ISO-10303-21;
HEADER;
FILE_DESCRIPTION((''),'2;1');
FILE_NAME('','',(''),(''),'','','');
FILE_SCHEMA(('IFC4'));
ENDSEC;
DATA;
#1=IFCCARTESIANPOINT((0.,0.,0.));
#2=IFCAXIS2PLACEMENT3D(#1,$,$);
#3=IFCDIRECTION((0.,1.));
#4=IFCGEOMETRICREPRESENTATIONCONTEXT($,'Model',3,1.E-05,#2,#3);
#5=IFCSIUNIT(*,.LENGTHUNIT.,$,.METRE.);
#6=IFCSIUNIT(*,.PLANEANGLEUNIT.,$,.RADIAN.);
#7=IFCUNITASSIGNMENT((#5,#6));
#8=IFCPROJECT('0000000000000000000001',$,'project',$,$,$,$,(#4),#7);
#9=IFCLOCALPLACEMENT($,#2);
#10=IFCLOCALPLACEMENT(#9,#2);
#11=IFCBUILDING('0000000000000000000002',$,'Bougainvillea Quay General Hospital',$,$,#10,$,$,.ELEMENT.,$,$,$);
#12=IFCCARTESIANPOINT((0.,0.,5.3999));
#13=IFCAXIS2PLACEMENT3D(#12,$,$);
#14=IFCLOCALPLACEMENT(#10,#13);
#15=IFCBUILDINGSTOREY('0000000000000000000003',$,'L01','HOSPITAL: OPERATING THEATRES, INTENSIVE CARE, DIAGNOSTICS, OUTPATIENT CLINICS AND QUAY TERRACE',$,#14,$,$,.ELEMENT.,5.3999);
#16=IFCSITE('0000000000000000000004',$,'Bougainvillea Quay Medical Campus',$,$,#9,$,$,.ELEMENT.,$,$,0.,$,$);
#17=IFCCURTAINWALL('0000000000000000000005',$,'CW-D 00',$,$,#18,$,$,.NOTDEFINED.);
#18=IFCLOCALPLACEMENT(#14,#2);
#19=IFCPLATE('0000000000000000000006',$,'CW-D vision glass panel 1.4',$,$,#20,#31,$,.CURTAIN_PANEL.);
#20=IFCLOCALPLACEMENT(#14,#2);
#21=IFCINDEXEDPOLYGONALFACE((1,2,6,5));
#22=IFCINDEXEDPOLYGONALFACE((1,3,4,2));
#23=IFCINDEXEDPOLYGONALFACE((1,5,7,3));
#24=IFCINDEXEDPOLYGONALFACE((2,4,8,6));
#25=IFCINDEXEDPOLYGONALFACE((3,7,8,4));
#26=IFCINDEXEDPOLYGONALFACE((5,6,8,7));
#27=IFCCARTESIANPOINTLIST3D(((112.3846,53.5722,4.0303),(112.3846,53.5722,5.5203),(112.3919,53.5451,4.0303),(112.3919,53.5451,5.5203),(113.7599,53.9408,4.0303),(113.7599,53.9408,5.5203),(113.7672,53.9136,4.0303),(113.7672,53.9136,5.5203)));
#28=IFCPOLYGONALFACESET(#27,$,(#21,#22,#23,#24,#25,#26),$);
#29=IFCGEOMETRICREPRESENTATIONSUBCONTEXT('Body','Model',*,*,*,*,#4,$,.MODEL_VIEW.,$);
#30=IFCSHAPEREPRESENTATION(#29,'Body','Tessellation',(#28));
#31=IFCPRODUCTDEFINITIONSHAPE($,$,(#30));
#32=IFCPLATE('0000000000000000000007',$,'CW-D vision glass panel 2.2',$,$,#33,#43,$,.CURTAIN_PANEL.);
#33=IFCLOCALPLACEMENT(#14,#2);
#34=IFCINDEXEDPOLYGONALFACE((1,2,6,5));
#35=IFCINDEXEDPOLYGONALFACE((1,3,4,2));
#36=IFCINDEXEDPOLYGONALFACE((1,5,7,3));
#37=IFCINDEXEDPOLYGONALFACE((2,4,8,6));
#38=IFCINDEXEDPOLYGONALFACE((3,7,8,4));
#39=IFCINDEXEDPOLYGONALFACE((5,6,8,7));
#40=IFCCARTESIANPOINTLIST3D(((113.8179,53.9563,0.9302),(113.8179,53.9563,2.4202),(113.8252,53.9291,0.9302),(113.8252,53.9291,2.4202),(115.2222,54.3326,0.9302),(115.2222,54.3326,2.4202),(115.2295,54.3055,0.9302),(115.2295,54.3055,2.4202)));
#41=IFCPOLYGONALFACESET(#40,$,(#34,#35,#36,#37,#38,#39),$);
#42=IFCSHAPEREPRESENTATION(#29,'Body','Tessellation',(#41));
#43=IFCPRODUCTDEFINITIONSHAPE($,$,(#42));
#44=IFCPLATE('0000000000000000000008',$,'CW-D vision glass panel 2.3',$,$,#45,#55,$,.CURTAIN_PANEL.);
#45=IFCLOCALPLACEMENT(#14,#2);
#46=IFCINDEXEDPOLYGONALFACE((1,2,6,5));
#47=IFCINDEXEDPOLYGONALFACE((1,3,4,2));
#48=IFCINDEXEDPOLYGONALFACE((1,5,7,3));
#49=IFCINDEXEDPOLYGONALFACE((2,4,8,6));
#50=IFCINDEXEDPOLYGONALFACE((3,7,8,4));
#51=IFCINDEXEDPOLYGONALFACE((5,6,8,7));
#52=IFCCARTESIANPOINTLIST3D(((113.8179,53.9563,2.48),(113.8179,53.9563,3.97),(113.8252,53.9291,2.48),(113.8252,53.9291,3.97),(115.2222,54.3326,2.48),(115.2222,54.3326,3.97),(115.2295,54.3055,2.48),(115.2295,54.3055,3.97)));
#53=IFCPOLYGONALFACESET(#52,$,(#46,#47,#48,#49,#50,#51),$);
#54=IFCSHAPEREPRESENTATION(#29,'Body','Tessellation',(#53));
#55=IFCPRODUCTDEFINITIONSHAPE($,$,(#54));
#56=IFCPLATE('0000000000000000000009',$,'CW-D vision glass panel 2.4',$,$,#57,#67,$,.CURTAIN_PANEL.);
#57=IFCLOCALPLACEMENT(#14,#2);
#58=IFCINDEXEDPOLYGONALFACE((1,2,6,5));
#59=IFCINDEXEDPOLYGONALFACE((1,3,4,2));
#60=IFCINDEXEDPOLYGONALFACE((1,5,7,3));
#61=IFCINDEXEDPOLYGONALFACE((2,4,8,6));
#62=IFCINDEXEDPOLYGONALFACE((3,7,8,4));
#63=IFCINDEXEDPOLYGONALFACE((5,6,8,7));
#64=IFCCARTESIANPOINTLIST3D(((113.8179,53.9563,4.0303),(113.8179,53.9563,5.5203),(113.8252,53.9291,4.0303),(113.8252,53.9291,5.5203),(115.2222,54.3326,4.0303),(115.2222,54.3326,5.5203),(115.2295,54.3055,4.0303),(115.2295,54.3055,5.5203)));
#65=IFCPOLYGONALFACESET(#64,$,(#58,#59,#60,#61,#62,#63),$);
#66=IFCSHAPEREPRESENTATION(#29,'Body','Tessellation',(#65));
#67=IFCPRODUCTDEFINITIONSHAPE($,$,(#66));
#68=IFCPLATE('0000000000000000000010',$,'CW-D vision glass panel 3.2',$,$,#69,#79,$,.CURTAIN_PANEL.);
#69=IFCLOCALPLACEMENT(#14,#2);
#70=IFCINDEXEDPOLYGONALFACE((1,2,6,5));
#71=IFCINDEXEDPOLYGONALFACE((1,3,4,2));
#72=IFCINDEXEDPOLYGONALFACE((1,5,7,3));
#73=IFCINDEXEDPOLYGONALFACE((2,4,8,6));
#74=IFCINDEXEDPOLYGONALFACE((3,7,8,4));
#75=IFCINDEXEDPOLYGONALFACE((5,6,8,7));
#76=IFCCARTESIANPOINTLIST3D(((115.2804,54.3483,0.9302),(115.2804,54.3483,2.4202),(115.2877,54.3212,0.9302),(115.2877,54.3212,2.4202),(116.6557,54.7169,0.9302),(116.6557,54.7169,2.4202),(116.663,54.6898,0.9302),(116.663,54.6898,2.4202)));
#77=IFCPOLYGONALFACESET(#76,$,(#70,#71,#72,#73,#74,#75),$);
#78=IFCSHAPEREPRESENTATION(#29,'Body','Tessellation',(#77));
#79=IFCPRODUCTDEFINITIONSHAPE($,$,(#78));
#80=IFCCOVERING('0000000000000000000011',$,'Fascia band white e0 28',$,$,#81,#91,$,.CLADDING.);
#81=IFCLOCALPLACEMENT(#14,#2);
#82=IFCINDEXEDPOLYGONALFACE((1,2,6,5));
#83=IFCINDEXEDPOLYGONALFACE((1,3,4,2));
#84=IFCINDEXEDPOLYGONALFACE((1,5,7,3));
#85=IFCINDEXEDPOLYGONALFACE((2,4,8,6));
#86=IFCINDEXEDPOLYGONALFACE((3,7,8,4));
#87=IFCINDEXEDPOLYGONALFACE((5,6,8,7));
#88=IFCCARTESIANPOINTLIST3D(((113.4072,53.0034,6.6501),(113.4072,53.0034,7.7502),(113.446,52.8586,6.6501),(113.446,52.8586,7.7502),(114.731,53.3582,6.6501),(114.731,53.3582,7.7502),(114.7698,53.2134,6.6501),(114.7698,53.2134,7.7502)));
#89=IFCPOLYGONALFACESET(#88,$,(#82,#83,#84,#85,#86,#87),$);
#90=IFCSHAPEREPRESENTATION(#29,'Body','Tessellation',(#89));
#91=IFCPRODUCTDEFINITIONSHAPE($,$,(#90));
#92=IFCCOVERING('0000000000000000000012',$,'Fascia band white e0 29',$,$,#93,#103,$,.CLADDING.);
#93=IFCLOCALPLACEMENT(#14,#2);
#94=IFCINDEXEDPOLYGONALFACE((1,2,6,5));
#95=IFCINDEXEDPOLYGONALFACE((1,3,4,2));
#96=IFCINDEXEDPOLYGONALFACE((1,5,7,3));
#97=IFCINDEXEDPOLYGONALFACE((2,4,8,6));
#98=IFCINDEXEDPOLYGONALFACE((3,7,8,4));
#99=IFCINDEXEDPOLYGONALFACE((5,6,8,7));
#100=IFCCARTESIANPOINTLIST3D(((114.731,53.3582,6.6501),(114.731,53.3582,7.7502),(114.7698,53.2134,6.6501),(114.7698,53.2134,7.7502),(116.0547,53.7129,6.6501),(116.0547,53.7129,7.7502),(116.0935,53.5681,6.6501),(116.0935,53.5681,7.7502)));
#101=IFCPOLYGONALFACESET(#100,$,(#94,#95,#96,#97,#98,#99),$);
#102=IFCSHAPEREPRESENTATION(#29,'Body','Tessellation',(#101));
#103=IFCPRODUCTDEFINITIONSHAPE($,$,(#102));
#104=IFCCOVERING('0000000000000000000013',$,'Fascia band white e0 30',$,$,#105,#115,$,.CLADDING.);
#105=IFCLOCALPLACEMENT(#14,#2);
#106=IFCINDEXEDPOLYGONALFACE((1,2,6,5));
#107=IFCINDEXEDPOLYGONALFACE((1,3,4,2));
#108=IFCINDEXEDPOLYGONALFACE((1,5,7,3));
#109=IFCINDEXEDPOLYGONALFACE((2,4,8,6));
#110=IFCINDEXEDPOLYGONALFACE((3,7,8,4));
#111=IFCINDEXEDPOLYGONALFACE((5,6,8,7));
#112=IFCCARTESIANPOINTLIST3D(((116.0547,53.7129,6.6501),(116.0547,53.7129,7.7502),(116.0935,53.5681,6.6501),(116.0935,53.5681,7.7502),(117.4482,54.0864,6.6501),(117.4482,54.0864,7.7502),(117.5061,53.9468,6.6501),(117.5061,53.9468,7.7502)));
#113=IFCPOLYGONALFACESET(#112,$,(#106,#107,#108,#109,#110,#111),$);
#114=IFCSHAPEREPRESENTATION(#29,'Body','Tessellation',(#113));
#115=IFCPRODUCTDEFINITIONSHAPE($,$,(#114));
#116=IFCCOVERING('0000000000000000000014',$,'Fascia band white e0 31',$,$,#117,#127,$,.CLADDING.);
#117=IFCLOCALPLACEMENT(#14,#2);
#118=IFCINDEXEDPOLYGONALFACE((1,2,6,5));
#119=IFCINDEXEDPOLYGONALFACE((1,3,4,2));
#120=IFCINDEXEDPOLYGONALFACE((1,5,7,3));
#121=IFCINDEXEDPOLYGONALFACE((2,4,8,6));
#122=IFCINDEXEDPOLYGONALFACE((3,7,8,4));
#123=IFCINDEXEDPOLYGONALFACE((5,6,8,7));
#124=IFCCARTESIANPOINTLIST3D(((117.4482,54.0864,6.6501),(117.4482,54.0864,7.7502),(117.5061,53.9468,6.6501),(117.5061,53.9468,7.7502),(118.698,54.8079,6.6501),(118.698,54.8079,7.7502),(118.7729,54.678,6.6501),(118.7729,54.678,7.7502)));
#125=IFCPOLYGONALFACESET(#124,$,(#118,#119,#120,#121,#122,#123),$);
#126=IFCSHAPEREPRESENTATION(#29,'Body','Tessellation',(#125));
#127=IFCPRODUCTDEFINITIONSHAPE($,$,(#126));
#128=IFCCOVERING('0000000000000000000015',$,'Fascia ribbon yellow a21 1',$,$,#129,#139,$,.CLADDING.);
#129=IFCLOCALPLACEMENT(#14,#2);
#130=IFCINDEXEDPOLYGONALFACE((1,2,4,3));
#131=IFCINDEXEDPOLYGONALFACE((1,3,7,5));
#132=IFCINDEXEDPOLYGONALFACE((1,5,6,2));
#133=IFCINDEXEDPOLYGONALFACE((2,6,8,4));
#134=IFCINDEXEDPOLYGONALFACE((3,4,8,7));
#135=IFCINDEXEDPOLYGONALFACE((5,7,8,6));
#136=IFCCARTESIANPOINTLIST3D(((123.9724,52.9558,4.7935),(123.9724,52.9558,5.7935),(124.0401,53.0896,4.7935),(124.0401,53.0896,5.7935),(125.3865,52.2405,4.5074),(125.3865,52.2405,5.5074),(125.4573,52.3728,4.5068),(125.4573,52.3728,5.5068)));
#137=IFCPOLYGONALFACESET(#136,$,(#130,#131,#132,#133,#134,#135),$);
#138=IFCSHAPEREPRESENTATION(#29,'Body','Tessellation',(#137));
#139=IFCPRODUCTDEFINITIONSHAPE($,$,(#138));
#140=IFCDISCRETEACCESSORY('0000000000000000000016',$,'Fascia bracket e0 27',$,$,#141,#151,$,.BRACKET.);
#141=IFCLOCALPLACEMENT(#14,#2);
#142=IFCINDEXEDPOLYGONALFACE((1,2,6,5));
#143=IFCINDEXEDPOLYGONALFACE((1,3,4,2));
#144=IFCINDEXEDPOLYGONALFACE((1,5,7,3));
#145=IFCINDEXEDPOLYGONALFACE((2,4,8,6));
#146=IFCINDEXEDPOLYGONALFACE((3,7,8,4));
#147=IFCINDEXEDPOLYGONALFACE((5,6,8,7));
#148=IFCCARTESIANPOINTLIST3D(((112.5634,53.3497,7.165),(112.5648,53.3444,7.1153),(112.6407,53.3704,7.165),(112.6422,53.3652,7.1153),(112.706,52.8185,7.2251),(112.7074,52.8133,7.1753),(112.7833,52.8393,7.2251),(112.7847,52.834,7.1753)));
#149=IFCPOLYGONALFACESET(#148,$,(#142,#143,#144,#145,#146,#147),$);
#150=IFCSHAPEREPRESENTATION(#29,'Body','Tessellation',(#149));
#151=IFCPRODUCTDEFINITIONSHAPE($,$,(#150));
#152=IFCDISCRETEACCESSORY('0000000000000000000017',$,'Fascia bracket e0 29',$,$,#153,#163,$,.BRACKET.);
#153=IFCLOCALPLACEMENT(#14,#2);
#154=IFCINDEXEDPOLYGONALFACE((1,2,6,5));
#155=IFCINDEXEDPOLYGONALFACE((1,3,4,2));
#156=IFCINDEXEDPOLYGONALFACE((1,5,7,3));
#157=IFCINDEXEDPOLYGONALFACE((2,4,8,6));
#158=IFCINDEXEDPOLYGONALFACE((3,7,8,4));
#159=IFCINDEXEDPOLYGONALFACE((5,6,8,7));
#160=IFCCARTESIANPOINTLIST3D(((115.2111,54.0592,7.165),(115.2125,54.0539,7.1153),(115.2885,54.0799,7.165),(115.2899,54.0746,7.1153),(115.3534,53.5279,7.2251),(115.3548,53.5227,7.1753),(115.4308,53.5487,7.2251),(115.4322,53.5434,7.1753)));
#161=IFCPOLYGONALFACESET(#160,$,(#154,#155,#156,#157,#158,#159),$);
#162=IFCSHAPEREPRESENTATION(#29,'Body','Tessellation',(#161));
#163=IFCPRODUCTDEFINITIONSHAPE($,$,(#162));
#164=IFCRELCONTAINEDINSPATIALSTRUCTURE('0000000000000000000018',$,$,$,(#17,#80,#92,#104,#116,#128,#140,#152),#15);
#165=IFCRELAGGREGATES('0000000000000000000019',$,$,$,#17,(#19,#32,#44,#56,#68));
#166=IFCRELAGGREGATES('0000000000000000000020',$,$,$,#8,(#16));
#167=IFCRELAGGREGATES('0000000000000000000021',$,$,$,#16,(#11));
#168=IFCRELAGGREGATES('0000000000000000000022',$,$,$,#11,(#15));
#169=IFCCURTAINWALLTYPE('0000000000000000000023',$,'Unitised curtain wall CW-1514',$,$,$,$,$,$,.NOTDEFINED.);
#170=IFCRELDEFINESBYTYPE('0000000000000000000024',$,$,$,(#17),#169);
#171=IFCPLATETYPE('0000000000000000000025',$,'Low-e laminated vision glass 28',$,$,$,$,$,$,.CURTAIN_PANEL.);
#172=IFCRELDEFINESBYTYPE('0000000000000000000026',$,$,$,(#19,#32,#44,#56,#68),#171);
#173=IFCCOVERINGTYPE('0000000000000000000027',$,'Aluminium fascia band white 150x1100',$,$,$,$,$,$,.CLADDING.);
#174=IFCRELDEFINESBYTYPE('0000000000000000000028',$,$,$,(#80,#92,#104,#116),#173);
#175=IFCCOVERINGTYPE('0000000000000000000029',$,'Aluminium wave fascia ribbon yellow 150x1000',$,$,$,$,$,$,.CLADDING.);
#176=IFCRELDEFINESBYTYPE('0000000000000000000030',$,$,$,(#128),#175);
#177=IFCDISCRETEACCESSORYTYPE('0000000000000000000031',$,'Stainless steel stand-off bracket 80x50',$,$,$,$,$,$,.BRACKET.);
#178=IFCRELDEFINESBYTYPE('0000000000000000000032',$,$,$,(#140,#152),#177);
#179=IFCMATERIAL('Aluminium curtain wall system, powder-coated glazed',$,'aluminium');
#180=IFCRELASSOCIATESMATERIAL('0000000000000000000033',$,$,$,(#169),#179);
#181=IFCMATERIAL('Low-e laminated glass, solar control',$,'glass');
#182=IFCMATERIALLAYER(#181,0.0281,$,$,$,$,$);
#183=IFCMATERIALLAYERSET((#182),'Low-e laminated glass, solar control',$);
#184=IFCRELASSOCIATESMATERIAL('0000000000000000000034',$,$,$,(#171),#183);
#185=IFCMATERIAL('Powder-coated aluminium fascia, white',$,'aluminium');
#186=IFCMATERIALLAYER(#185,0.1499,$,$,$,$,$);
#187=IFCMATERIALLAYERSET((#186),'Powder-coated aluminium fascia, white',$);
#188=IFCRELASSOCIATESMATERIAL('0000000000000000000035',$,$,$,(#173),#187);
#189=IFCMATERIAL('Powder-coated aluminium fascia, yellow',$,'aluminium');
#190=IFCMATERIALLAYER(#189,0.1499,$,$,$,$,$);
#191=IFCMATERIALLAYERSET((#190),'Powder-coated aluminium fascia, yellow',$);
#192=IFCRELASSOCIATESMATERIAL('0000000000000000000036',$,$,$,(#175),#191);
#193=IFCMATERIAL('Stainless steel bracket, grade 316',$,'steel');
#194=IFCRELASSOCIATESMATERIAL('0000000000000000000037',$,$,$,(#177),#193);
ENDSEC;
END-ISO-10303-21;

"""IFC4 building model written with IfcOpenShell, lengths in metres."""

from ifc_helpers import new_model, si_unit, direction, frame, origin, origin_2d, place, context, subcontext, project, spatial, polyline, rectangle, outline, extrude, material, layer, layer_set, material_profile, profile_set, type_object, element, aggregate, save


model = new_model("IFC4")

# Units and contexts
model_context = context("Model", 3, precision=1e-05, world=origin(), true_north=direction((0.0, 1.0)))
body_context = subcontext(model_context, "Body", "Model", "MODEL_VIEW")
ifc_project = project(units=[si_unit("LENGTHUNIT", "METRE"), si_unit("PLANEANGLEUNIT", "RADIAN")], contexts=[model_context])

# Site, building, storey
site_placement = place(None, origin())
site = spatial("IfcSite", under=ifc_project, at=site_placement, Name="Bougainvillea Quay Medical Campus", CompositionType="ELEMENT", RefElevation=0.0)
building_placement = place(site_placement, origin())
building = spatial("IfcBuilding", under=site, at=building_placement, Name="Bougainvillea Quay General Hospital", CompositionType="ELEMENT")
storey_placement = place(building_placement, frame((0.0, 0.0, 5.3999)))
storey = spatial("IfcBuildingStorey", under=building, at=storey_placement, Name="L01", Description="HOSPITAL: OPERATING THEATRES, INTENSIVE CARE, DIAGNOSTICS, OUTPATIENT CLINICS AND QUAY TERRACE", CompositionType="ELEMENT", Elevation=5.3999)

# Shared definitions
ifc_material_1 = material(Name="Aluminium curtain wall system, powder-coated glazed", Category="aluminium")

# Curtain wall, plates
curtain_wall_type_1 = type_object("IfcCurtainWallType", Name="Unitised curtain wall CW-1514", PredefinedType="NOTDEFINED", material=ifc_material_1)
curtain_wall_1_placement = place(storey_placement, origin())
curtain_wall_1 = element("IfcCurtainWall", 1, at=curtain_wall_1_placement, inside=storey, type_object=curtain_wall_type_1, Name="CW-D 00", PredefinedType="NOTDEFINED")
ifc_material_2 = material(Name="Low-e laminated glass, solar control", Category="glass")
ifc_layer_1 = layer(ifc_material_2, 0.0281)
ifc_layer_set_1 = layer_set([ifc_layer_1], Name="Low-e laminated glass, solar control")
plate_type_1 = type_object("IfcPlateType", Name="Low-e laminated vision glass 28", PredefinedType="CURTAIN_PANEL", material=ifc_layer_set_1)
plate_1_placement = place(storey_placement, frame((113.0759, 53.7429, 4.0303), z_axis=(0.0, 0.0, 1.0), x_axis=(0.965916, 0.258855, 0.0)))
plate_1 = element("IfcPlate", 2, at=plate_1_placement, type_object=plate_type_1, Name="CW-D vision glass panel 1.4", PredefinedType="CURTAIN_PANEL", context=body_context, shape_type="SweptSolid", body=[
    extrude(rectangle(XDim=1.4238, YDim=0.0281, at=origin_2d()), origin(), (0.0, 0.0, 1.0), 1.49),
])
plate_2_placement = place(storey_placement, frame((114.5237, 54.1309, 0.9302), z_axis=(0.0, 0.0, 1.0), x_axis=(0.965916, 0.258855, 0.0)))
plate_2 = element("IfcPlate", 3, at=plate_2_placement, type_object=plate_type_1, Name="CW-D vision glass panel 2.2", PredefinedType="CURTAIN_PANEL", context=body_context, shape_type="SweptSolid", body=[
    extrude(rectangle(XDim=1.4539, YDim=0.0281, at=origin_2d()), origin(), (0.0, 0.0, 1.0), 1.49),
])
plate_3_placement = place(storey_placement, frame((114.5237, 54.1309, 2.48), z_axis=(0.0, 0.0, 1.0), x_axis=(0.965916, 0.258855, 0.0)))
plate_3 = element("IfcPlate", 4, at=plate_3_placement, type_object=plate_type_1, Name="CW-D vision glass panel 2.3", PredefinedType="CURTAIN_PANEL", context=body_context, shape_type="SweptSolid", body=[
    extrude(rectangle(XDim=1.4539, YDim=0.0281, at=origin_2d()), origin(), (0.0, 0.0, 1.0), 1.49),
])
plate_4_placement = place(storey_placement, frame((114.5237, 54.1309, 4.0303), z_axis=(0.0, 0.0, 1.0), x_axis=(0.965916, 0.258855, 0.0)))
plate_4 = element("IfcPlate", 5, at=plate_4_placement, type_object=plate_type_1, Name="CW-D vision glass panel 2.4", PredefinedType="CURTAIN_PANEL", context=body_context, shape_type="SweptSolid", body=[
    extrude(rectangle(XDim=1.4539, YDim=0.0281, at=origin_2d()), origin(), (0.0, 0.0, 1.0), 1.49),
])
plate_5_placement = place(storey_placement, frame((115.9717, 54.519, 0.9302), z_axis=(0.0, 0.0, 1.0), x_axis=(0.965916, 0.258855, 0.0)))
plate_5 = element("IfcPlate", 6, at=plate_5_placement, type_object=plate_type_1, Name="CW-D vision glass panel 3.2", PredefinedType="CURTAIN_PANEL", context=body_context, shape_type="SweptSolid", body=[
    extrude(rectangle(XDim=1.4238, YDim=0.0281, at=origin_2d()), origin(), (0.0, 0.0, 1.0), 1.49),
])
aggregate(curtain_wall_1, [plate_1, plate_2, plate_3, plate_4, plate_5])

# Coverings
ifc_material_3 = material(Name="Powder-coated aluminium fascia, white", Category="aluminium")
ifc_layer_2 = layer(ifc_material_3, 0.1499)
ifc_layer_set_2 = layer_set([ifc_layer_2], Name="Powder-coated aluminium fascia, white")
covering_type_1 = type_object("IfcCoveringType", Name="Aluminium fascia band white 150x1100", PredefinedType="CLADDING", material=ifc_layer_set_2)
for number, where, z_axis, x_axis, name in (
    (7, (113.4072, 53.0034, 6.6501), (0.0, 0.0, 1.0), (0.965918, 0.258849, 0.0), "Fascia band white e0 28"),
    (8, (114.731, 53.3582, 6.6501), (0.0, 0.0, 1.0), (0.965918, 0.258849, 0.0), "Fascia band white e0 29"),
):
    element("IfcCovering", number, at=place(storey_placement, frame(where, z_axis=z_axis, x_axis=x_axis)), inside=storey, type_object=covering_type_1, Name=name, PredefinedType="CLADDING", context=body_context, shape_type="SweptSolid", body=[
        extrude(outline(polyline([(0.0, 0.0), (1.3704, 0.0), (1.3705, -0.1499), (0.0, -0.1499), (0.0, 0.0)])), origin(), (0.0, 0.0, 1.0), 1.1001),
    ])
covering_1_placement = place(storey_placement, frame((116.0547, 53.7129, 6.6501), z_axis=(0.0, 0.0, 1.0), x_axis=(0.965903, 0.258905, 0.0)))
element("IfcCovering", 9, at=covering_1_placement, inside=storey, type_object=covering_type_1, Name="Fascia band white e0 30", PredefinedType="CLADDING", context=body_context, shape_type="SweptSolid", body=[
    extrude(outline(polyline([(0.0, 0.0), (1.4427, 0.0), (1.4625, -0.1499), (0.0, -0.1499), (0.0, 0.0)])), origin(), (0.0, 0.0, 1.0), 1.1001),
])
covering_2_placement = place(storey_placement, frame((117.4482, 54.0864, 6.6501), z_axis=(0.0, 0.0, 1.0), x_axis=(0.866059, 0.499942, 0.0)))
element("IfcCovering", 10, at=covering_2_placement, inside=storey, type_object=covering_type_1, Name="Fascia band white e0 31", PredefinedType="CLADDING", context=body_context, shape_type="SweptSolid", body=[
    extrude(outline(polyline([(0.0, 0.0), (1.443, 0.0), (1.443, -0.15), (-0.0197, -0.1499), (0.0, 0.0)])), origin(), (0.0, 0.0, 1.0), 1.1001),
])
ifc_material_4 = material(Name="Powder-coated aluminium fascia, yellow", Category="aluminium")
ifc_layer_3 = layer(ifc_material_4, 0.1499)
ifc_layer_set_3 = layer_set([ifc_layer_3], Name="Powder-coated aluminium fascia, yellow")
covering_type_2 = type_object("IfcCoveringType", Name="Aluminium wave fascia ribbon yellow 150x1000", PredefinedType="CLADDING", material=ifc_layer_set_3)
covering_3_placement = place(storey_placement, frame((123.9724, 52.9558, 4.7935), z_axis=(0.15833, -0.080555, 0.984095), x_axis=(0.87813, -0.44422, -0.177644)))
element("IfcCovering", 11, at=covering_3_placement, inside=storey, type_object=covering_type_2, Name="Fascia ribbon yellow a21 1", PredefinedType="CLADDING", context=body_context, shape_type="SweptSolid", body=[
    extrude(outline(polyline([(0.0, 0.0), (1.6103, 0.0), (1.6138, 0.15), (0.0, 0.1499), (0.0, 0.0)])), origin(), (-0.177644, 0.000404, 0.984095), 1.0),
])

# Discrete accessories
ifc_material_5 = material(Name="Stainless steel bracket, grade 316", Category="steel")
ifc_material_profile_1 = material_profile(ifc_material_5, rectangle(XDim=0.0801, YDim=0.05, at=origin_2d()))
ifc_profile_set_1 = profile_set([ifc_material_profile_1], Name="Stainless steel bracket, grade 316")
discrete_accessory_type = type_object("IfcDiscreteAccessoryType", Name="Stainless steel stand-off bracket 80x50", PredefinedType="BRACKET", material=ifc_profile_set_1)
for number, where, z_axis, x_axis, name in (
    (12, (112.6028, 53.3574, 7.1401), (0.257678, -0.960115, 0.108542), (0.965821, 0.259209, 0.0), "Fascia bracket e0 27"),
    (13, (115.2505, 54.0669, 7.1401), (0.257266, -0.960224, 0.108555), (0.965932, 0.258795, 0.0), "Fascia bracket e0 29"),
):
    element("IfcDiscreteAccessory", number, at=place(storey_placement, frame(where, z_axis=z_axis, x_axis=x_axis)), inside=storey, type_object=discrete_accessory_type, Name=name, PredefinedType="BRACKET", context=body_context, shape_type="SweptSolid", body=[
        extrude(rectangle(XDim=0.0801, YDim=0.05, at=origin_2d()), origin(), (0.0, 0.0, 1.0), 0.5532),
    ])

save(model, "model.ifc")
